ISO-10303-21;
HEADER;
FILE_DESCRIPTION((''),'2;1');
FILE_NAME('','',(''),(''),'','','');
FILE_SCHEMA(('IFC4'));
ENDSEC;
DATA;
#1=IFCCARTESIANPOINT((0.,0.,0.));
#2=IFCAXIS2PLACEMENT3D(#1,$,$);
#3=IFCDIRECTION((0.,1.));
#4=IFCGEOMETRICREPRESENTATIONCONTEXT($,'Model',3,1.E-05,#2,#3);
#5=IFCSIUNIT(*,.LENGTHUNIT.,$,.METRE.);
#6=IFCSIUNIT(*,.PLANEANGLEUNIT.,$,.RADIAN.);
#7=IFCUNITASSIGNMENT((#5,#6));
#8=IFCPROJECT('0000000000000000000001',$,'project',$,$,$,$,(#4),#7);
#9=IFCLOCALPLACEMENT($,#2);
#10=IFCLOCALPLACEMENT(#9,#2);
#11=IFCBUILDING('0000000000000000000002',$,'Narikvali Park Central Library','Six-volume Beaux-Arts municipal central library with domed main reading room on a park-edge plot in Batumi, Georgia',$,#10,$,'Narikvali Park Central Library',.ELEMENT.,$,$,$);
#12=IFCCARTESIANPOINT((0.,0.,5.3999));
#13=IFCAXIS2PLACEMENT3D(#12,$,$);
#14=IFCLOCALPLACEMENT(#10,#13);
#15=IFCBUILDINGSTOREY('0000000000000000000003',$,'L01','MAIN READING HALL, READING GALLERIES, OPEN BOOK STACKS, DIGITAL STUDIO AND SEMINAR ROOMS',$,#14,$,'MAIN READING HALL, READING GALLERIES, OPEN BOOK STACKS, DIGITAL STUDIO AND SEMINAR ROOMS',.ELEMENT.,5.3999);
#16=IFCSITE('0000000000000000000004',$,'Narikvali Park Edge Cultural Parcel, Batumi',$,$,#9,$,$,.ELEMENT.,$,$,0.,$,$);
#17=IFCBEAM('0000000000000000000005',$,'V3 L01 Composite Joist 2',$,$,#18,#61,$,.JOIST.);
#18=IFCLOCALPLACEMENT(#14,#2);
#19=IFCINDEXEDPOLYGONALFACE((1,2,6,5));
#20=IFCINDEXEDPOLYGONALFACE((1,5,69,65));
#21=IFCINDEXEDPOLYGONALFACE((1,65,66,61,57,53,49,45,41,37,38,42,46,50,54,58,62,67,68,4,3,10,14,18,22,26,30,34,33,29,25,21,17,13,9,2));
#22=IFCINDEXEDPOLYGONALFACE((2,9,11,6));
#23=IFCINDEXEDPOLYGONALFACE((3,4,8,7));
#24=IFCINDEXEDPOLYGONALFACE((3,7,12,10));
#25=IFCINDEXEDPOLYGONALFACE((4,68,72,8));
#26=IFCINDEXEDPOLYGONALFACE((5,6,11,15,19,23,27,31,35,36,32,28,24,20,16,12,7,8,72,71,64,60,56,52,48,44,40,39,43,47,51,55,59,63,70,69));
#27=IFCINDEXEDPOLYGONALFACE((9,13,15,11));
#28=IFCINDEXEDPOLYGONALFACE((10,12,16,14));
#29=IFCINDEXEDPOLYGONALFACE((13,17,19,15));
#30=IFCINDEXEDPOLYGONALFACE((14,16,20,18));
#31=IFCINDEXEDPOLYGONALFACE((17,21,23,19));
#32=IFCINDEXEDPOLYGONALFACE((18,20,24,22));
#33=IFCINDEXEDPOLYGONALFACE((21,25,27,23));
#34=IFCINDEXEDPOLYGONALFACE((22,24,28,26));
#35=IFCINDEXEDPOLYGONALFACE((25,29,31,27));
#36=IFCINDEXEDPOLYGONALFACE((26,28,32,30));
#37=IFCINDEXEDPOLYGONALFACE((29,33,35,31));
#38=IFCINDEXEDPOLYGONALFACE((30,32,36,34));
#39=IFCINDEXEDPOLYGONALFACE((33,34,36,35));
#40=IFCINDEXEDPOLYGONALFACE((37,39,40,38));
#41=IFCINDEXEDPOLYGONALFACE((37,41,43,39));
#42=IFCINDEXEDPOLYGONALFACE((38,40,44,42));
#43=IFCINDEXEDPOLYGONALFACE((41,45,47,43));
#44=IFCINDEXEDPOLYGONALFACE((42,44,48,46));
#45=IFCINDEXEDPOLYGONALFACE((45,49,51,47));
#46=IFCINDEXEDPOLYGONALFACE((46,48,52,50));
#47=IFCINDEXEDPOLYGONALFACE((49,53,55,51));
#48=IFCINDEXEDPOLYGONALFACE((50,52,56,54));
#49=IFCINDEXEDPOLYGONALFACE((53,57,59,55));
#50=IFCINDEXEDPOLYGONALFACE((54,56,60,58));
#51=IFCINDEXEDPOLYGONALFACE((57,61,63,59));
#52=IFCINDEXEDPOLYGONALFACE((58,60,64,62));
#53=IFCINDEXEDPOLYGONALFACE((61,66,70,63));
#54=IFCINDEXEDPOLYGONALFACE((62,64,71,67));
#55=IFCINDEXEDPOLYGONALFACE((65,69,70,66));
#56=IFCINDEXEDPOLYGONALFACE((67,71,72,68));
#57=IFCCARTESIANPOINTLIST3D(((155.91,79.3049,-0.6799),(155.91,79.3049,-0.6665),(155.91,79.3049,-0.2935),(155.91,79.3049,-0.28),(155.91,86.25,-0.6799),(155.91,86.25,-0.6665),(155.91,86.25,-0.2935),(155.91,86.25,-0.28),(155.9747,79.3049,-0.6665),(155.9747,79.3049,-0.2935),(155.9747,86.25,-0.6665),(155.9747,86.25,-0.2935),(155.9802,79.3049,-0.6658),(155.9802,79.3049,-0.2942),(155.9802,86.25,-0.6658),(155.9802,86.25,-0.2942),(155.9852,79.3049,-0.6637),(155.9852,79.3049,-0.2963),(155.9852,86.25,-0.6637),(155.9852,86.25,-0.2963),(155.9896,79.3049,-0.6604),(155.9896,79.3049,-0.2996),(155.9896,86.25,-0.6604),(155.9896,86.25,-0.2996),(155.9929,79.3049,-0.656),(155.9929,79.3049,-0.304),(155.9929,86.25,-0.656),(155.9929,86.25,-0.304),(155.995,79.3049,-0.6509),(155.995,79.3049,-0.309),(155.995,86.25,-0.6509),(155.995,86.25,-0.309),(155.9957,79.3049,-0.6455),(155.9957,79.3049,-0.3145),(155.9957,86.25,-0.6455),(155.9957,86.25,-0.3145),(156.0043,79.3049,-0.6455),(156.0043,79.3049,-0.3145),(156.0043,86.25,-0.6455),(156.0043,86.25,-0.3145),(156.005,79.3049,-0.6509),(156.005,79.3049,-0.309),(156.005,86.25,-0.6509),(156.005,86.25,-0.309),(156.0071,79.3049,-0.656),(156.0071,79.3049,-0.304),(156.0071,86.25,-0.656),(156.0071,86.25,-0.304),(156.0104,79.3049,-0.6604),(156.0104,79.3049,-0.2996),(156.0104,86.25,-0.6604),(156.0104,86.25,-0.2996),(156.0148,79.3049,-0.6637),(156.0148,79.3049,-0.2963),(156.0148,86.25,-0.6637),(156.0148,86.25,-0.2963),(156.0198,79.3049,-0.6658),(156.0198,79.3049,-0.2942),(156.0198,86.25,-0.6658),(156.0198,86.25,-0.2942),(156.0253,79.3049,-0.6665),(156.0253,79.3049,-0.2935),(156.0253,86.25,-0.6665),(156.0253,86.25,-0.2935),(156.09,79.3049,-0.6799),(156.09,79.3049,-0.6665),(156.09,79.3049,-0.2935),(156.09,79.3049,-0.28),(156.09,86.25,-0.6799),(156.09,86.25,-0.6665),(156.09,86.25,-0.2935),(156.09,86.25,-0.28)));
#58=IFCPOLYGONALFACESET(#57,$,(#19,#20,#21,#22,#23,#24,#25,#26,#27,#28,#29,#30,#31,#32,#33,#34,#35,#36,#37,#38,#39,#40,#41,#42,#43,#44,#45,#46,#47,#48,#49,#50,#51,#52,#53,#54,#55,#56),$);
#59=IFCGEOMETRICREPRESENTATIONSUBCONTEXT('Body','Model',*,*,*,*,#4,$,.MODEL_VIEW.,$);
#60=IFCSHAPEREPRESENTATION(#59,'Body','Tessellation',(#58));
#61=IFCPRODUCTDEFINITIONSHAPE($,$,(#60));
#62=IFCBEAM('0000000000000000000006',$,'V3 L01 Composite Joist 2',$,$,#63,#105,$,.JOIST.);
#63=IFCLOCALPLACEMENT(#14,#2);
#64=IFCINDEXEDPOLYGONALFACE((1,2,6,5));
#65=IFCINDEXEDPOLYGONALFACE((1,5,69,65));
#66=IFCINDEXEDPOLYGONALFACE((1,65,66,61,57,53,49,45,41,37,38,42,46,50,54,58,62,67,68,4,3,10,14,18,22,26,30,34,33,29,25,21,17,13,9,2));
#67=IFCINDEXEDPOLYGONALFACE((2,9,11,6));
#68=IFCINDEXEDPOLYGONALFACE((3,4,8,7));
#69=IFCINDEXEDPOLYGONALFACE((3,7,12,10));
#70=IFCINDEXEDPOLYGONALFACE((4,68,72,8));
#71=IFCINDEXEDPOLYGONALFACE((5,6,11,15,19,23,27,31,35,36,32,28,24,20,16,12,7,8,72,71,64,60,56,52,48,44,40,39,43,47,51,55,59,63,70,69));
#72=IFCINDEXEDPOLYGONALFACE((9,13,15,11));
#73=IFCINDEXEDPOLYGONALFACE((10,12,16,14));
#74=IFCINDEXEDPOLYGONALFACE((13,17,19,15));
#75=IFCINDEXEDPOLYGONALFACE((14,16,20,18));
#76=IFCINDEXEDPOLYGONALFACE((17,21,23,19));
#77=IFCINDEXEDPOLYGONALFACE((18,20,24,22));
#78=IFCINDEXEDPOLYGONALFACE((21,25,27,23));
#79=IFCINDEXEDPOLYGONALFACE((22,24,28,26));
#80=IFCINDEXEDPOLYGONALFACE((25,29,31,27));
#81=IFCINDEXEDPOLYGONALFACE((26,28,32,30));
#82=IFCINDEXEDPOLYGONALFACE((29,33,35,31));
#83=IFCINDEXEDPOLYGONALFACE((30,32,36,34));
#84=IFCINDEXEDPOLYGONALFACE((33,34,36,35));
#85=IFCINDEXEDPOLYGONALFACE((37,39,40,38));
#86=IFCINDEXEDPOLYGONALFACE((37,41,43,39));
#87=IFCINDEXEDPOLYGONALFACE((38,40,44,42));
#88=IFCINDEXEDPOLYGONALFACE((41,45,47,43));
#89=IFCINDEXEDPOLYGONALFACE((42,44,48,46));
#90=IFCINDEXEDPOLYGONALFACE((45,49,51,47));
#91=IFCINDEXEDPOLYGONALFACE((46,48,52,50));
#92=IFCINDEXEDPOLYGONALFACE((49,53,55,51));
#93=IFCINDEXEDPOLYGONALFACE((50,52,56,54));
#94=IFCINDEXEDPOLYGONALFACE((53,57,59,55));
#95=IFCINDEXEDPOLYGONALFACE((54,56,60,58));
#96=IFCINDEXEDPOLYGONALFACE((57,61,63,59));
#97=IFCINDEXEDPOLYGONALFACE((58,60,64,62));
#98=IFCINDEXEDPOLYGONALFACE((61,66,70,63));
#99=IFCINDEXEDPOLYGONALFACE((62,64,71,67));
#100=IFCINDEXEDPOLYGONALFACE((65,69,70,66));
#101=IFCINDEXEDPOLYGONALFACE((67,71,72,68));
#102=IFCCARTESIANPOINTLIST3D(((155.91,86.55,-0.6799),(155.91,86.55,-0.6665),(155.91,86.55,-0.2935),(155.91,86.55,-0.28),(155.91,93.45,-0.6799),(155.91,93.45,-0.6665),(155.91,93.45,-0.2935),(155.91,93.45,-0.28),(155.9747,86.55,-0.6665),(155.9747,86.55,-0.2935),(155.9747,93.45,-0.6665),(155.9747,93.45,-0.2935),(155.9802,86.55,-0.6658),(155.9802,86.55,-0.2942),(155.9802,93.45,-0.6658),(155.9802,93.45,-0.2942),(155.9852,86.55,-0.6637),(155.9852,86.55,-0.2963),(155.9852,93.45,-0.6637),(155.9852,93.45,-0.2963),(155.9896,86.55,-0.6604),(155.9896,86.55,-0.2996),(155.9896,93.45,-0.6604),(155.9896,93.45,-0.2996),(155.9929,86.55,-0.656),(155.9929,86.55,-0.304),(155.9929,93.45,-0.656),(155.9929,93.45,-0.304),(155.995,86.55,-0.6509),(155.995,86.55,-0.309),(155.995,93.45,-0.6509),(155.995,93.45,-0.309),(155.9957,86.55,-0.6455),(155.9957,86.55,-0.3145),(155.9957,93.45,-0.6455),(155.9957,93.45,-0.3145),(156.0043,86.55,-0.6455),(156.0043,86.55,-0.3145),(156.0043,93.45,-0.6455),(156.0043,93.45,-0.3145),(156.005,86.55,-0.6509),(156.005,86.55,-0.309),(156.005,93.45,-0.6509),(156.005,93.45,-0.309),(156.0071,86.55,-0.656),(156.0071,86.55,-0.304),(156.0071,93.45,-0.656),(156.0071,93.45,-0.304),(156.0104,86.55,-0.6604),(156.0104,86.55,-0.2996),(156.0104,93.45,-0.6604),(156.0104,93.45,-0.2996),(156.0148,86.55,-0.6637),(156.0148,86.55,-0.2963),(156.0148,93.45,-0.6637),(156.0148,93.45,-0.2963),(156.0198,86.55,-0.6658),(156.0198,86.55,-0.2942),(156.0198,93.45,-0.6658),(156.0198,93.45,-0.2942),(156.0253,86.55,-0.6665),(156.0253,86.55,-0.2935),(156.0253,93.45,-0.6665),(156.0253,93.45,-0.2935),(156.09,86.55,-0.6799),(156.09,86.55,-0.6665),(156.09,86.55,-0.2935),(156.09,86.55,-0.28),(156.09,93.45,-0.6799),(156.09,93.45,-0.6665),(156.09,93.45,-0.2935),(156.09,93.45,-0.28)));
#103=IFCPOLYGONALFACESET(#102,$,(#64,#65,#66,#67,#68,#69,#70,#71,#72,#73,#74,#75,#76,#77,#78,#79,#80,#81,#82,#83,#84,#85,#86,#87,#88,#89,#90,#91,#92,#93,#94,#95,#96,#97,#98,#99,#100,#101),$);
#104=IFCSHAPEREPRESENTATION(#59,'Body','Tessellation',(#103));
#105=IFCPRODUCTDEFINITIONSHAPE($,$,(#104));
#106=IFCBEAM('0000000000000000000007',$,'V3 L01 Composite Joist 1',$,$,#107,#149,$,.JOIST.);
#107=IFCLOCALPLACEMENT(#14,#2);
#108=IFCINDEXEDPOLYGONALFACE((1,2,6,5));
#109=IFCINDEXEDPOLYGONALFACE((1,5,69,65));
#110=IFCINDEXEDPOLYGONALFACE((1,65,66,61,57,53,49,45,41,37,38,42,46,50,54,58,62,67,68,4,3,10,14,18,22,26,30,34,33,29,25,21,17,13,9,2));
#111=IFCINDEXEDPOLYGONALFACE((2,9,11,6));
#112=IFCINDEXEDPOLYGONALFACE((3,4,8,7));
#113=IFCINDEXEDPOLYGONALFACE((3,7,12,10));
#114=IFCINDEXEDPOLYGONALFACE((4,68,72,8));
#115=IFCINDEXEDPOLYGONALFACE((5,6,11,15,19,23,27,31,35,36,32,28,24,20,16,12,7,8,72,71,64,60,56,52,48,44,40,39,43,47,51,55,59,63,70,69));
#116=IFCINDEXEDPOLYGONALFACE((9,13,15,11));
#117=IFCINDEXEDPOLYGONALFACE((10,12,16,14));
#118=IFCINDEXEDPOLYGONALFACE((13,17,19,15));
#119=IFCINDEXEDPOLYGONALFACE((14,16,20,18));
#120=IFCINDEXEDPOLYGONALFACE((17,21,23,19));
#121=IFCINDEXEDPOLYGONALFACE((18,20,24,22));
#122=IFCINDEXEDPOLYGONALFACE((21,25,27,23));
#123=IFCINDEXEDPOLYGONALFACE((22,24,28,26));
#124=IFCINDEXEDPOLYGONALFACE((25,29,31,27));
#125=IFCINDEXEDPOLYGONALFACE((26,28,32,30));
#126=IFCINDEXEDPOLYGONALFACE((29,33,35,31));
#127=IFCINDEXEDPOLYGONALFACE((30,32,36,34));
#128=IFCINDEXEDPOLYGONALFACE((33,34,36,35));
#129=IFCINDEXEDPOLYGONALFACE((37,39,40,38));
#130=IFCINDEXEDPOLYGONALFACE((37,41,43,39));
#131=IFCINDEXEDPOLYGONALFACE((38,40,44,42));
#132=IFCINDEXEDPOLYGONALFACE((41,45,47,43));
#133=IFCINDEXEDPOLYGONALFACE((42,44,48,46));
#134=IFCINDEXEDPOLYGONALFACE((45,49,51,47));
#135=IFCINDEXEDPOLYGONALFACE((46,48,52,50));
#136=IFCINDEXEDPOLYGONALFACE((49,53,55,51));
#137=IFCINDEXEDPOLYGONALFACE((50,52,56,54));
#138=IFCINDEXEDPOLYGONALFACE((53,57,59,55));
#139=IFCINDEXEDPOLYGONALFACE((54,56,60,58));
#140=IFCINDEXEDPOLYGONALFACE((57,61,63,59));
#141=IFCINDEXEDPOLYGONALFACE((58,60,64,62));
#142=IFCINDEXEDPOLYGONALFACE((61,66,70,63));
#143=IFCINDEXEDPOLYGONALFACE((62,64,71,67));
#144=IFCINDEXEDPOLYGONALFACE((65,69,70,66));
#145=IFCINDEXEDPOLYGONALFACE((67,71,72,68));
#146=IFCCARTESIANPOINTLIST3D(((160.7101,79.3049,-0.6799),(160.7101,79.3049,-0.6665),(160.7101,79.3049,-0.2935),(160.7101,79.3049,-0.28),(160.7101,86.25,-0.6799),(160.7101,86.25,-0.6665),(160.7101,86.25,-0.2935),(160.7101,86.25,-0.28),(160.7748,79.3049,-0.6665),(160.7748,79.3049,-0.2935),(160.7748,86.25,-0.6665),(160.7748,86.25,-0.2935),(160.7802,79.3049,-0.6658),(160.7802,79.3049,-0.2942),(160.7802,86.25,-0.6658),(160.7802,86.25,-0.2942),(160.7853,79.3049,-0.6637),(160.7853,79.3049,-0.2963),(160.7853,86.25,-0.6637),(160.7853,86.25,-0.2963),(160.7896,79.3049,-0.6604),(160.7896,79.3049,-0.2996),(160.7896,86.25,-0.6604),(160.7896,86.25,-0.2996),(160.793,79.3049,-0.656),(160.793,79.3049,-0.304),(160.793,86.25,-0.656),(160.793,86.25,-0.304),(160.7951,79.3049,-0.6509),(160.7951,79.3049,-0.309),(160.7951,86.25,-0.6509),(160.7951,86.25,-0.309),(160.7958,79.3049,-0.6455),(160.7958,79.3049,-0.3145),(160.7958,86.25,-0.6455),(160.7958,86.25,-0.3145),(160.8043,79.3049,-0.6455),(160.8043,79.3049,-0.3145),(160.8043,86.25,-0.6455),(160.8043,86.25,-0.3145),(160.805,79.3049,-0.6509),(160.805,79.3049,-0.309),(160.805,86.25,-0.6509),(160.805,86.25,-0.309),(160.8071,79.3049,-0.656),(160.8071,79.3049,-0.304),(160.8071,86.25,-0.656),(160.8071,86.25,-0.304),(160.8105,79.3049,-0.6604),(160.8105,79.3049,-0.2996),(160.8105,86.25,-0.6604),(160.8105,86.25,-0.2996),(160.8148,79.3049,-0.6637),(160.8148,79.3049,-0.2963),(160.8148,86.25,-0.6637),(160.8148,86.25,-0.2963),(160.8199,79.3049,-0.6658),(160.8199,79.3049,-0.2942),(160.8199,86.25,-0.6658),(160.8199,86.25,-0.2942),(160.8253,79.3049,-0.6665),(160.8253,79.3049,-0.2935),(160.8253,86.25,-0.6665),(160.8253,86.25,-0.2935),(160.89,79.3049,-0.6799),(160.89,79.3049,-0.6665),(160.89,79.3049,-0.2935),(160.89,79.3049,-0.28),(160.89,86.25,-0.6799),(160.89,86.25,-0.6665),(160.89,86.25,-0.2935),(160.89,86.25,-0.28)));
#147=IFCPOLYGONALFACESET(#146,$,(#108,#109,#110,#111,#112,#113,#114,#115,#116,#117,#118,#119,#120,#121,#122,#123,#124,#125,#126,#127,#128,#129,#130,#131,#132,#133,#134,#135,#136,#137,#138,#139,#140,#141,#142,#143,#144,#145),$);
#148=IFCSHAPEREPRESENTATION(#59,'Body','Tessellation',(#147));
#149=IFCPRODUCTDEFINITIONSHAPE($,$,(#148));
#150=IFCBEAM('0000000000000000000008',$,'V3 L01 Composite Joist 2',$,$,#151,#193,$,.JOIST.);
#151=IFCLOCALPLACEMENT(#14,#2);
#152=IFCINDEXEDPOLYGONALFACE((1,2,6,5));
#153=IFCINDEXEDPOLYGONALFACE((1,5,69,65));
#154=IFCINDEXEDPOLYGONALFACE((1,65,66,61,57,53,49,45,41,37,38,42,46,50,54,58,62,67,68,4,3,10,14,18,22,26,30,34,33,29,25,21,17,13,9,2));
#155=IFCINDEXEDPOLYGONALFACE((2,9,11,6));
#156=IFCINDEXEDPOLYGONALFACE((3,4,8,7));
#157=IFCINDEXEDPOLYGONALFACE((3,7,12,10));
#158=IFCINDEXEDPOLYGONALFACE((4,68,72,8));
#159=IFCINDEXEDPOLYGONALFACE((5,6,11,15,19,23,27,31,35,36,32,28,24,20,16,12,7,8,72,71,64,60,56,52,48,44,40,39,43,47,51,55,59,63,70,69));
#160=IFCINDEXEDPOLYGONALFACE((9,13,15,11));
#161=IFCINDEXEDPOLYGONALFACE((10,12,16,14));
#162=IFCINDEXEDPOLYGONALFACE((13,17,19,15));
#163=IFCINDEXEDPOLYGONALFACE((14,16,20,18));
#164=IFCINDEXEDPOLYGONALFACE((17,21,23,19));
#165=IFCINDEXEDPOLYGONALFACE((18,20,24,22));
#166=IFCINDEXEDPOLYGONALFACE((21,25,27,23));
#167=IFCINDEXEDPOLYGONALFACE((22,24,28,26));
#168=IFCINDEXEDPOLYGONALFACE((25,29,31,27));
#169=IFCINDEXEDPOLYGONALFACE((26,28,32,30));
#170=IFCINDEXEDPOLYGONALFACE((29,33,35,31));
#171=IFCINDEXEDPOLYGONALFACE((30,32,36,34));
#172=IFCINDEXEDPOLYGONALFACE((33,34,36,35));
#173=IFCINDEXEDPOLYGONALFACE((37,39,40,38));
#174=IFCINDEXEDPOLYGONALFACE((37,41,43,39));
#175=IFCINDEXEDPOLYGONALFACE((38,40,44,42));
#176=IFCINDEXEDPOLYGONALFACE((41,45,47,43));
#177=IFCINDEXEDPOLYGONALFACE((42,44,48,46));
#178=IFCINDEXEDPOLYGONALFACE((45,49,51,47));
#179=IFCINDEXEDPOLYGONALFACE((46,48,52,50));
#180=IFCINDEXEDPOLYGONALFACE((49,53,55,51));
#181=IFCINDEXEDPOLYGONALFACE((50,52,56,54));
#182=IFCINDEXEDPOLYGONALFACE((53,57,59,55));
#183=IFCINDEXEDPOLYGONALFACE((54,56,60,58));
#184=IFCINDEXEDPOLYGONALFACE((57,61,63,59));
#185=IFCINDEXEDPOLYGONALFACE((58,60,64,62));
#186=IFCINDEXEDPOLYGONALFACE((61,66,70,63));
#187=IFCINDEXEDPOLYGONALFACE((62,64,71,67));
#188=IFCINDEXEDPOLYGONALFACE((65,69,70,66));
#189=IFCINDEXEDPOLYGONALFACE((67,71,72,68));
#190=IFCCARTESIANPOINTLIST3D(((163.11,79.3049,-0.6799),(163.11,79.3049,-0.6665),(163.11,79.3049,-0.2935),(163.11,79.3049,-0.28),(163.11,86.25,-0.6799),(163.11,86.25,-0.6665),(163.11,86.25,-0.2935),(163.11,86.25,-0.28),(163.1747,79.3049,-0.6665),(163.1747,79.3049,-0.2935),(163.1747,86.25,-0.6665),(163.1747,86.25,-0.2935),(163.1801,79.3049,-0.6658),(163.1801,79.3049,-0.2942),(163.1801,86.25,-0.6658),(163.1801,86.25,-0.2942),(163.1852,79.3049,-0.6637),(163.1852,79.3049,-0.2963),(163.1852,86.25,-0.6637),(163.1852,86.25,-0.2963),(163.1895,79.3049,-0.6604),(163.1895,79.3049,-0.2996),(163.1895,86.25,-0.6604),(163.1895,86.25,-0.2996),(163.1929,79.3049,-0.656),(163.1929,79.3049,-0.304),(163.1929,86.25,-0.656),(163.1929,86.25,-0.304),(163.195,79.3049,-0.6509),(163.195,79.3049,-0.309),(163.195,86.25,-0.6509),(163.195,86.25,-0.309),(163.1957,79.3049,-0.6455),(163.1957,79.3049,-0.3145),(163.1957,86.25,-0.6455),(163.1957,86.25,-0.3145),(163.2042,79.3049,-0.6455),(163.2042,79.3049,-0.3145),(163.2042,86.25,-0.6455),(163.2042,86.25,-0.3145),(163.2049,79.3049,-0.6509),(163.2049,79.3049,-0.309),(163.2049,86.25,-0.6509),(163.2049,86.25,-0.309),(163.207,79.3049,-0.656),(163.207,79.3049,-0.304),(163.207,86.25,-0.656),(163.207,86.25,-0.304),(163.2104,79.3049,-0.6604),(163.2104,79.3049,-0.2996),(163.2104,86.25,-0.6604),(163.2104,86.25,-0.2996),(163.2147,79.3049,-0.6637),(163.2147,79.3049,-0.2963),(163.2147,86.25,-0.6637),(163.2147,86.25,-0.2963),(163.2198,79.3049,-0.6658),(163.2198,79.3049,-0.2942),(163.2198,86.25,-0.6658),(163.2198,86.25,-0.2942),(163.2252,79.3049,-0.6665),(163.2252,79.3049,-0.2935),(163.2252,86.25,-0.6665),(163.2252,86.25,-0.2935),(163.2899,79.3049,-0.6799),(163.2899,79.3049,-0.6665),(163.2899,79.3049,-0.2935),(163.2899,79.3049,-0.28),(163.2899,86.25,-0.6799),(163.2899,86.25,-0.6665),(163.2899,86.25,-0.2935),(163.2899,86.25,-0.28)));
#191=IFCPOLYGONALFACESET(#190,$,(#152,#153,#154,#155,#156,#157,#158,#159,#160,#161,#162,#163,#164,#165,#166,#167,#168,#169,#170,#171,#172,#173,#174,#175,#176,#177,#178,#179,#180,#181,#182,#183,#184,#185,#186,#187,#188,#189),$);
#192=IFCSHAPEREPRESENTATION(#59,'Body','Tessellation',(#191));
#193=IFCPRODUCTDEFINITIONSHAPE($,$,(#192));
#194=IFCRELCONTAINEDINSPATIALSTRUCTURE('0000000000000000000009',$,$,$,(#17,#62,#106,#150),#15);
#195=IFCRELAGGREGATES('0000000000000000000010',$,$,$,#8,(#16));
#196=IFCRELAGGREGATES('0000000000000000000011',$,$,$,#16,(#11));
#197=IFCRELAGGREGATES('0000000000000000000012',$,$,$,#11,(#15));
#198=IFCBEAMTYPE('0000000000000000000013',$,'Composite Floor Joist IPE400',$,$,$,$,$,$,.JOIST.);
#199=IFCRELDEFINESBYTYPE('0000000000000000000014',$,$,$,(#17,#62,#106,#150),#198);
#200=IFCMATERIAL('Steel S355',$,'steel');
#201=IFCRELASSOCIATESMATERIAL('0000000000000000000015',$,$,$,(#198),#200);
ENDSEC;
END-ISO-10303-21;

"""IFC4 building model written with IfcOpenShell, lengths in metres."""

from ifc_helpers import new_model, si_unit, direction, frame, origin, origin_2d, place, context, subcontext, project, spatial, i_section, extrude, material, material_profile, profile_set, type_object, element, save


model = new_model("IFC4")

# Units and contexts
model_context = context("Model", 3, precision=1e-05, world=origin(), true_north=direction((0.0, 1.0)))
body_context = subcontext(model_context, "Body", "Model", "MODEL_VIEW")
ifc_project = project(units=[si_unit("LENGTHUNIT", "METRE"), si_unit("PLANEANGLEUNIT", "RADIAN")], contexts=[model_context])

# Site, building, storey
site_placement = place(None, origin())
site = spatial("IfcSite", under=ifc_project, at=site_placement, Name="Narikvali Park Edge Cultural Parcel, Batumi", CompositionType="ELEMENT", RefElevation=0.0)
building_placement = place(site_placement, origin())
building = spatial("IfcBuilding", under=site, at=building_placement, Name="Narikvali Park Central Library", Description="Six-volume Beaux-Arts municipal central library with domed main reading room on a park-edge plot in Batumi, Georgia", LongName="Narikvali Park Central Library", CompositionType="ELEMENT")
storey_placement = place(building_placement, frame((0.0, 0.0, 5.3999)))
storey = spatial("IfcBuildingStorey", under=building, at=storey_placement, Name="L01", Description="MAIN READING HALL, READING GALLERIES, OPEN BOOK STACKS, DIGITAL STUDIO AND SEMINAR ROOMS", LongName="MAIN READING HALL, READING GALLERIES, OPEN BOOK STACKS, DIGITAL STUDIO AND SEMINAR ROOMS", CompositionType="ELEMENT", Elevation=5.3999)

# Shared definitions
ifc_material_1 = material(Name="Steel S355", Category="steel")

# Beams
ifc_material_profile_1 = material_profile(ifc_material_1, i_section(OverallWidth=0.1799, OverallDepth=0.3999, WebThickness=0.0085, FlangeThickness=0.0134, FilletRadius=0.021, at=origin_2d()), Name="IPE 400")
ifc_profile_set_1 = profile_set([ifc_material_profile_1], Name="Steel S355")
beam_type_1 = type_object("IfcBeamType", Name="Composite Floor Joist IPE400", PredefinedType="JOIST", material=ifc_profile_set_1)
beam_1_placement = place(storey_placement, frame((156.0, 79.3049, -0.48), z_axis=(0.0, 1.0, 0.0), x_axis=(-1.0, 0.0, 0.0)))
element("IfcBeam", 1, at=beam_1_placement, inside=storey, type_object=beam_type_1, Name="V3 L01 Composite Joist 2", PredefinedType="JOIST", context=body_context, shape_type="SweptSolid", body=[
    extrude(i_section(OverallWidth=0.1799, OverallDepth=0.3999, WebThickness=0.0085, FlangeThickness=0.0134, FilletRadius=0.021, at=origin_2d()), origin(), (0.0, 0.0, 1.0), 6.9451),
])
beam_2_placement = place(storey_placement, frame((156.0, 86.55, -0.48), z_axis=(0.0, 1.0, 0.0), x_axis=(-1.0, 0.0, 0.0)))
element("IfcBeam", 2, at=beam_2_placement, inside=storey, type_object=beam_type_1, Name="V3 L01 Composite Joist 2", PredefinedType="JOIST", context=body_context, shape_type="SweptSolid", body=[
    extrude(i_section(OverallWidth=0.1799, OverallDepth=0.3999, WebThickness=0.0085, FlangeThickness=0.0134, FilletRadius=0.021, at=origin_2d()), origin(), (0.0, 0.0, 1.0), 6.8999),
])
for number, where, z_axis, x_axis, name in (
    (3, (160.8, 79.3049, -0.48), (0.0, 1.0, 0.0), (-1.0, 0.0, 0.0), "V3 L01 Composite Joist 1"),
    (4, (163.2, 79.3049, -0.48), (0.0, 1.0, 0.0), (-1.0, 0.0, 0.0), "V3 L01 Composite Joist 2"),
):
    element("IfcBeam", number, at=place(storey_placement, frame(where, z_axis=z_axis, x_axis=x_axis)), inside=storey, type_object=beam_type_1, Name=name, PredefinedType="JOIST", context=body_context, shape_type="SweptSolid", body=[
        extrude(i_section(OverallWidth=0.1799, OverallDepth=0.3999, WebThickness=0.0085, FlangeThickness=0.0134, FilletRadius=0.021, at=origin_2d()), origin(), (0.0, 0.0, 1.0), 6.9451),
    ])

save(model, "model.ifc")
